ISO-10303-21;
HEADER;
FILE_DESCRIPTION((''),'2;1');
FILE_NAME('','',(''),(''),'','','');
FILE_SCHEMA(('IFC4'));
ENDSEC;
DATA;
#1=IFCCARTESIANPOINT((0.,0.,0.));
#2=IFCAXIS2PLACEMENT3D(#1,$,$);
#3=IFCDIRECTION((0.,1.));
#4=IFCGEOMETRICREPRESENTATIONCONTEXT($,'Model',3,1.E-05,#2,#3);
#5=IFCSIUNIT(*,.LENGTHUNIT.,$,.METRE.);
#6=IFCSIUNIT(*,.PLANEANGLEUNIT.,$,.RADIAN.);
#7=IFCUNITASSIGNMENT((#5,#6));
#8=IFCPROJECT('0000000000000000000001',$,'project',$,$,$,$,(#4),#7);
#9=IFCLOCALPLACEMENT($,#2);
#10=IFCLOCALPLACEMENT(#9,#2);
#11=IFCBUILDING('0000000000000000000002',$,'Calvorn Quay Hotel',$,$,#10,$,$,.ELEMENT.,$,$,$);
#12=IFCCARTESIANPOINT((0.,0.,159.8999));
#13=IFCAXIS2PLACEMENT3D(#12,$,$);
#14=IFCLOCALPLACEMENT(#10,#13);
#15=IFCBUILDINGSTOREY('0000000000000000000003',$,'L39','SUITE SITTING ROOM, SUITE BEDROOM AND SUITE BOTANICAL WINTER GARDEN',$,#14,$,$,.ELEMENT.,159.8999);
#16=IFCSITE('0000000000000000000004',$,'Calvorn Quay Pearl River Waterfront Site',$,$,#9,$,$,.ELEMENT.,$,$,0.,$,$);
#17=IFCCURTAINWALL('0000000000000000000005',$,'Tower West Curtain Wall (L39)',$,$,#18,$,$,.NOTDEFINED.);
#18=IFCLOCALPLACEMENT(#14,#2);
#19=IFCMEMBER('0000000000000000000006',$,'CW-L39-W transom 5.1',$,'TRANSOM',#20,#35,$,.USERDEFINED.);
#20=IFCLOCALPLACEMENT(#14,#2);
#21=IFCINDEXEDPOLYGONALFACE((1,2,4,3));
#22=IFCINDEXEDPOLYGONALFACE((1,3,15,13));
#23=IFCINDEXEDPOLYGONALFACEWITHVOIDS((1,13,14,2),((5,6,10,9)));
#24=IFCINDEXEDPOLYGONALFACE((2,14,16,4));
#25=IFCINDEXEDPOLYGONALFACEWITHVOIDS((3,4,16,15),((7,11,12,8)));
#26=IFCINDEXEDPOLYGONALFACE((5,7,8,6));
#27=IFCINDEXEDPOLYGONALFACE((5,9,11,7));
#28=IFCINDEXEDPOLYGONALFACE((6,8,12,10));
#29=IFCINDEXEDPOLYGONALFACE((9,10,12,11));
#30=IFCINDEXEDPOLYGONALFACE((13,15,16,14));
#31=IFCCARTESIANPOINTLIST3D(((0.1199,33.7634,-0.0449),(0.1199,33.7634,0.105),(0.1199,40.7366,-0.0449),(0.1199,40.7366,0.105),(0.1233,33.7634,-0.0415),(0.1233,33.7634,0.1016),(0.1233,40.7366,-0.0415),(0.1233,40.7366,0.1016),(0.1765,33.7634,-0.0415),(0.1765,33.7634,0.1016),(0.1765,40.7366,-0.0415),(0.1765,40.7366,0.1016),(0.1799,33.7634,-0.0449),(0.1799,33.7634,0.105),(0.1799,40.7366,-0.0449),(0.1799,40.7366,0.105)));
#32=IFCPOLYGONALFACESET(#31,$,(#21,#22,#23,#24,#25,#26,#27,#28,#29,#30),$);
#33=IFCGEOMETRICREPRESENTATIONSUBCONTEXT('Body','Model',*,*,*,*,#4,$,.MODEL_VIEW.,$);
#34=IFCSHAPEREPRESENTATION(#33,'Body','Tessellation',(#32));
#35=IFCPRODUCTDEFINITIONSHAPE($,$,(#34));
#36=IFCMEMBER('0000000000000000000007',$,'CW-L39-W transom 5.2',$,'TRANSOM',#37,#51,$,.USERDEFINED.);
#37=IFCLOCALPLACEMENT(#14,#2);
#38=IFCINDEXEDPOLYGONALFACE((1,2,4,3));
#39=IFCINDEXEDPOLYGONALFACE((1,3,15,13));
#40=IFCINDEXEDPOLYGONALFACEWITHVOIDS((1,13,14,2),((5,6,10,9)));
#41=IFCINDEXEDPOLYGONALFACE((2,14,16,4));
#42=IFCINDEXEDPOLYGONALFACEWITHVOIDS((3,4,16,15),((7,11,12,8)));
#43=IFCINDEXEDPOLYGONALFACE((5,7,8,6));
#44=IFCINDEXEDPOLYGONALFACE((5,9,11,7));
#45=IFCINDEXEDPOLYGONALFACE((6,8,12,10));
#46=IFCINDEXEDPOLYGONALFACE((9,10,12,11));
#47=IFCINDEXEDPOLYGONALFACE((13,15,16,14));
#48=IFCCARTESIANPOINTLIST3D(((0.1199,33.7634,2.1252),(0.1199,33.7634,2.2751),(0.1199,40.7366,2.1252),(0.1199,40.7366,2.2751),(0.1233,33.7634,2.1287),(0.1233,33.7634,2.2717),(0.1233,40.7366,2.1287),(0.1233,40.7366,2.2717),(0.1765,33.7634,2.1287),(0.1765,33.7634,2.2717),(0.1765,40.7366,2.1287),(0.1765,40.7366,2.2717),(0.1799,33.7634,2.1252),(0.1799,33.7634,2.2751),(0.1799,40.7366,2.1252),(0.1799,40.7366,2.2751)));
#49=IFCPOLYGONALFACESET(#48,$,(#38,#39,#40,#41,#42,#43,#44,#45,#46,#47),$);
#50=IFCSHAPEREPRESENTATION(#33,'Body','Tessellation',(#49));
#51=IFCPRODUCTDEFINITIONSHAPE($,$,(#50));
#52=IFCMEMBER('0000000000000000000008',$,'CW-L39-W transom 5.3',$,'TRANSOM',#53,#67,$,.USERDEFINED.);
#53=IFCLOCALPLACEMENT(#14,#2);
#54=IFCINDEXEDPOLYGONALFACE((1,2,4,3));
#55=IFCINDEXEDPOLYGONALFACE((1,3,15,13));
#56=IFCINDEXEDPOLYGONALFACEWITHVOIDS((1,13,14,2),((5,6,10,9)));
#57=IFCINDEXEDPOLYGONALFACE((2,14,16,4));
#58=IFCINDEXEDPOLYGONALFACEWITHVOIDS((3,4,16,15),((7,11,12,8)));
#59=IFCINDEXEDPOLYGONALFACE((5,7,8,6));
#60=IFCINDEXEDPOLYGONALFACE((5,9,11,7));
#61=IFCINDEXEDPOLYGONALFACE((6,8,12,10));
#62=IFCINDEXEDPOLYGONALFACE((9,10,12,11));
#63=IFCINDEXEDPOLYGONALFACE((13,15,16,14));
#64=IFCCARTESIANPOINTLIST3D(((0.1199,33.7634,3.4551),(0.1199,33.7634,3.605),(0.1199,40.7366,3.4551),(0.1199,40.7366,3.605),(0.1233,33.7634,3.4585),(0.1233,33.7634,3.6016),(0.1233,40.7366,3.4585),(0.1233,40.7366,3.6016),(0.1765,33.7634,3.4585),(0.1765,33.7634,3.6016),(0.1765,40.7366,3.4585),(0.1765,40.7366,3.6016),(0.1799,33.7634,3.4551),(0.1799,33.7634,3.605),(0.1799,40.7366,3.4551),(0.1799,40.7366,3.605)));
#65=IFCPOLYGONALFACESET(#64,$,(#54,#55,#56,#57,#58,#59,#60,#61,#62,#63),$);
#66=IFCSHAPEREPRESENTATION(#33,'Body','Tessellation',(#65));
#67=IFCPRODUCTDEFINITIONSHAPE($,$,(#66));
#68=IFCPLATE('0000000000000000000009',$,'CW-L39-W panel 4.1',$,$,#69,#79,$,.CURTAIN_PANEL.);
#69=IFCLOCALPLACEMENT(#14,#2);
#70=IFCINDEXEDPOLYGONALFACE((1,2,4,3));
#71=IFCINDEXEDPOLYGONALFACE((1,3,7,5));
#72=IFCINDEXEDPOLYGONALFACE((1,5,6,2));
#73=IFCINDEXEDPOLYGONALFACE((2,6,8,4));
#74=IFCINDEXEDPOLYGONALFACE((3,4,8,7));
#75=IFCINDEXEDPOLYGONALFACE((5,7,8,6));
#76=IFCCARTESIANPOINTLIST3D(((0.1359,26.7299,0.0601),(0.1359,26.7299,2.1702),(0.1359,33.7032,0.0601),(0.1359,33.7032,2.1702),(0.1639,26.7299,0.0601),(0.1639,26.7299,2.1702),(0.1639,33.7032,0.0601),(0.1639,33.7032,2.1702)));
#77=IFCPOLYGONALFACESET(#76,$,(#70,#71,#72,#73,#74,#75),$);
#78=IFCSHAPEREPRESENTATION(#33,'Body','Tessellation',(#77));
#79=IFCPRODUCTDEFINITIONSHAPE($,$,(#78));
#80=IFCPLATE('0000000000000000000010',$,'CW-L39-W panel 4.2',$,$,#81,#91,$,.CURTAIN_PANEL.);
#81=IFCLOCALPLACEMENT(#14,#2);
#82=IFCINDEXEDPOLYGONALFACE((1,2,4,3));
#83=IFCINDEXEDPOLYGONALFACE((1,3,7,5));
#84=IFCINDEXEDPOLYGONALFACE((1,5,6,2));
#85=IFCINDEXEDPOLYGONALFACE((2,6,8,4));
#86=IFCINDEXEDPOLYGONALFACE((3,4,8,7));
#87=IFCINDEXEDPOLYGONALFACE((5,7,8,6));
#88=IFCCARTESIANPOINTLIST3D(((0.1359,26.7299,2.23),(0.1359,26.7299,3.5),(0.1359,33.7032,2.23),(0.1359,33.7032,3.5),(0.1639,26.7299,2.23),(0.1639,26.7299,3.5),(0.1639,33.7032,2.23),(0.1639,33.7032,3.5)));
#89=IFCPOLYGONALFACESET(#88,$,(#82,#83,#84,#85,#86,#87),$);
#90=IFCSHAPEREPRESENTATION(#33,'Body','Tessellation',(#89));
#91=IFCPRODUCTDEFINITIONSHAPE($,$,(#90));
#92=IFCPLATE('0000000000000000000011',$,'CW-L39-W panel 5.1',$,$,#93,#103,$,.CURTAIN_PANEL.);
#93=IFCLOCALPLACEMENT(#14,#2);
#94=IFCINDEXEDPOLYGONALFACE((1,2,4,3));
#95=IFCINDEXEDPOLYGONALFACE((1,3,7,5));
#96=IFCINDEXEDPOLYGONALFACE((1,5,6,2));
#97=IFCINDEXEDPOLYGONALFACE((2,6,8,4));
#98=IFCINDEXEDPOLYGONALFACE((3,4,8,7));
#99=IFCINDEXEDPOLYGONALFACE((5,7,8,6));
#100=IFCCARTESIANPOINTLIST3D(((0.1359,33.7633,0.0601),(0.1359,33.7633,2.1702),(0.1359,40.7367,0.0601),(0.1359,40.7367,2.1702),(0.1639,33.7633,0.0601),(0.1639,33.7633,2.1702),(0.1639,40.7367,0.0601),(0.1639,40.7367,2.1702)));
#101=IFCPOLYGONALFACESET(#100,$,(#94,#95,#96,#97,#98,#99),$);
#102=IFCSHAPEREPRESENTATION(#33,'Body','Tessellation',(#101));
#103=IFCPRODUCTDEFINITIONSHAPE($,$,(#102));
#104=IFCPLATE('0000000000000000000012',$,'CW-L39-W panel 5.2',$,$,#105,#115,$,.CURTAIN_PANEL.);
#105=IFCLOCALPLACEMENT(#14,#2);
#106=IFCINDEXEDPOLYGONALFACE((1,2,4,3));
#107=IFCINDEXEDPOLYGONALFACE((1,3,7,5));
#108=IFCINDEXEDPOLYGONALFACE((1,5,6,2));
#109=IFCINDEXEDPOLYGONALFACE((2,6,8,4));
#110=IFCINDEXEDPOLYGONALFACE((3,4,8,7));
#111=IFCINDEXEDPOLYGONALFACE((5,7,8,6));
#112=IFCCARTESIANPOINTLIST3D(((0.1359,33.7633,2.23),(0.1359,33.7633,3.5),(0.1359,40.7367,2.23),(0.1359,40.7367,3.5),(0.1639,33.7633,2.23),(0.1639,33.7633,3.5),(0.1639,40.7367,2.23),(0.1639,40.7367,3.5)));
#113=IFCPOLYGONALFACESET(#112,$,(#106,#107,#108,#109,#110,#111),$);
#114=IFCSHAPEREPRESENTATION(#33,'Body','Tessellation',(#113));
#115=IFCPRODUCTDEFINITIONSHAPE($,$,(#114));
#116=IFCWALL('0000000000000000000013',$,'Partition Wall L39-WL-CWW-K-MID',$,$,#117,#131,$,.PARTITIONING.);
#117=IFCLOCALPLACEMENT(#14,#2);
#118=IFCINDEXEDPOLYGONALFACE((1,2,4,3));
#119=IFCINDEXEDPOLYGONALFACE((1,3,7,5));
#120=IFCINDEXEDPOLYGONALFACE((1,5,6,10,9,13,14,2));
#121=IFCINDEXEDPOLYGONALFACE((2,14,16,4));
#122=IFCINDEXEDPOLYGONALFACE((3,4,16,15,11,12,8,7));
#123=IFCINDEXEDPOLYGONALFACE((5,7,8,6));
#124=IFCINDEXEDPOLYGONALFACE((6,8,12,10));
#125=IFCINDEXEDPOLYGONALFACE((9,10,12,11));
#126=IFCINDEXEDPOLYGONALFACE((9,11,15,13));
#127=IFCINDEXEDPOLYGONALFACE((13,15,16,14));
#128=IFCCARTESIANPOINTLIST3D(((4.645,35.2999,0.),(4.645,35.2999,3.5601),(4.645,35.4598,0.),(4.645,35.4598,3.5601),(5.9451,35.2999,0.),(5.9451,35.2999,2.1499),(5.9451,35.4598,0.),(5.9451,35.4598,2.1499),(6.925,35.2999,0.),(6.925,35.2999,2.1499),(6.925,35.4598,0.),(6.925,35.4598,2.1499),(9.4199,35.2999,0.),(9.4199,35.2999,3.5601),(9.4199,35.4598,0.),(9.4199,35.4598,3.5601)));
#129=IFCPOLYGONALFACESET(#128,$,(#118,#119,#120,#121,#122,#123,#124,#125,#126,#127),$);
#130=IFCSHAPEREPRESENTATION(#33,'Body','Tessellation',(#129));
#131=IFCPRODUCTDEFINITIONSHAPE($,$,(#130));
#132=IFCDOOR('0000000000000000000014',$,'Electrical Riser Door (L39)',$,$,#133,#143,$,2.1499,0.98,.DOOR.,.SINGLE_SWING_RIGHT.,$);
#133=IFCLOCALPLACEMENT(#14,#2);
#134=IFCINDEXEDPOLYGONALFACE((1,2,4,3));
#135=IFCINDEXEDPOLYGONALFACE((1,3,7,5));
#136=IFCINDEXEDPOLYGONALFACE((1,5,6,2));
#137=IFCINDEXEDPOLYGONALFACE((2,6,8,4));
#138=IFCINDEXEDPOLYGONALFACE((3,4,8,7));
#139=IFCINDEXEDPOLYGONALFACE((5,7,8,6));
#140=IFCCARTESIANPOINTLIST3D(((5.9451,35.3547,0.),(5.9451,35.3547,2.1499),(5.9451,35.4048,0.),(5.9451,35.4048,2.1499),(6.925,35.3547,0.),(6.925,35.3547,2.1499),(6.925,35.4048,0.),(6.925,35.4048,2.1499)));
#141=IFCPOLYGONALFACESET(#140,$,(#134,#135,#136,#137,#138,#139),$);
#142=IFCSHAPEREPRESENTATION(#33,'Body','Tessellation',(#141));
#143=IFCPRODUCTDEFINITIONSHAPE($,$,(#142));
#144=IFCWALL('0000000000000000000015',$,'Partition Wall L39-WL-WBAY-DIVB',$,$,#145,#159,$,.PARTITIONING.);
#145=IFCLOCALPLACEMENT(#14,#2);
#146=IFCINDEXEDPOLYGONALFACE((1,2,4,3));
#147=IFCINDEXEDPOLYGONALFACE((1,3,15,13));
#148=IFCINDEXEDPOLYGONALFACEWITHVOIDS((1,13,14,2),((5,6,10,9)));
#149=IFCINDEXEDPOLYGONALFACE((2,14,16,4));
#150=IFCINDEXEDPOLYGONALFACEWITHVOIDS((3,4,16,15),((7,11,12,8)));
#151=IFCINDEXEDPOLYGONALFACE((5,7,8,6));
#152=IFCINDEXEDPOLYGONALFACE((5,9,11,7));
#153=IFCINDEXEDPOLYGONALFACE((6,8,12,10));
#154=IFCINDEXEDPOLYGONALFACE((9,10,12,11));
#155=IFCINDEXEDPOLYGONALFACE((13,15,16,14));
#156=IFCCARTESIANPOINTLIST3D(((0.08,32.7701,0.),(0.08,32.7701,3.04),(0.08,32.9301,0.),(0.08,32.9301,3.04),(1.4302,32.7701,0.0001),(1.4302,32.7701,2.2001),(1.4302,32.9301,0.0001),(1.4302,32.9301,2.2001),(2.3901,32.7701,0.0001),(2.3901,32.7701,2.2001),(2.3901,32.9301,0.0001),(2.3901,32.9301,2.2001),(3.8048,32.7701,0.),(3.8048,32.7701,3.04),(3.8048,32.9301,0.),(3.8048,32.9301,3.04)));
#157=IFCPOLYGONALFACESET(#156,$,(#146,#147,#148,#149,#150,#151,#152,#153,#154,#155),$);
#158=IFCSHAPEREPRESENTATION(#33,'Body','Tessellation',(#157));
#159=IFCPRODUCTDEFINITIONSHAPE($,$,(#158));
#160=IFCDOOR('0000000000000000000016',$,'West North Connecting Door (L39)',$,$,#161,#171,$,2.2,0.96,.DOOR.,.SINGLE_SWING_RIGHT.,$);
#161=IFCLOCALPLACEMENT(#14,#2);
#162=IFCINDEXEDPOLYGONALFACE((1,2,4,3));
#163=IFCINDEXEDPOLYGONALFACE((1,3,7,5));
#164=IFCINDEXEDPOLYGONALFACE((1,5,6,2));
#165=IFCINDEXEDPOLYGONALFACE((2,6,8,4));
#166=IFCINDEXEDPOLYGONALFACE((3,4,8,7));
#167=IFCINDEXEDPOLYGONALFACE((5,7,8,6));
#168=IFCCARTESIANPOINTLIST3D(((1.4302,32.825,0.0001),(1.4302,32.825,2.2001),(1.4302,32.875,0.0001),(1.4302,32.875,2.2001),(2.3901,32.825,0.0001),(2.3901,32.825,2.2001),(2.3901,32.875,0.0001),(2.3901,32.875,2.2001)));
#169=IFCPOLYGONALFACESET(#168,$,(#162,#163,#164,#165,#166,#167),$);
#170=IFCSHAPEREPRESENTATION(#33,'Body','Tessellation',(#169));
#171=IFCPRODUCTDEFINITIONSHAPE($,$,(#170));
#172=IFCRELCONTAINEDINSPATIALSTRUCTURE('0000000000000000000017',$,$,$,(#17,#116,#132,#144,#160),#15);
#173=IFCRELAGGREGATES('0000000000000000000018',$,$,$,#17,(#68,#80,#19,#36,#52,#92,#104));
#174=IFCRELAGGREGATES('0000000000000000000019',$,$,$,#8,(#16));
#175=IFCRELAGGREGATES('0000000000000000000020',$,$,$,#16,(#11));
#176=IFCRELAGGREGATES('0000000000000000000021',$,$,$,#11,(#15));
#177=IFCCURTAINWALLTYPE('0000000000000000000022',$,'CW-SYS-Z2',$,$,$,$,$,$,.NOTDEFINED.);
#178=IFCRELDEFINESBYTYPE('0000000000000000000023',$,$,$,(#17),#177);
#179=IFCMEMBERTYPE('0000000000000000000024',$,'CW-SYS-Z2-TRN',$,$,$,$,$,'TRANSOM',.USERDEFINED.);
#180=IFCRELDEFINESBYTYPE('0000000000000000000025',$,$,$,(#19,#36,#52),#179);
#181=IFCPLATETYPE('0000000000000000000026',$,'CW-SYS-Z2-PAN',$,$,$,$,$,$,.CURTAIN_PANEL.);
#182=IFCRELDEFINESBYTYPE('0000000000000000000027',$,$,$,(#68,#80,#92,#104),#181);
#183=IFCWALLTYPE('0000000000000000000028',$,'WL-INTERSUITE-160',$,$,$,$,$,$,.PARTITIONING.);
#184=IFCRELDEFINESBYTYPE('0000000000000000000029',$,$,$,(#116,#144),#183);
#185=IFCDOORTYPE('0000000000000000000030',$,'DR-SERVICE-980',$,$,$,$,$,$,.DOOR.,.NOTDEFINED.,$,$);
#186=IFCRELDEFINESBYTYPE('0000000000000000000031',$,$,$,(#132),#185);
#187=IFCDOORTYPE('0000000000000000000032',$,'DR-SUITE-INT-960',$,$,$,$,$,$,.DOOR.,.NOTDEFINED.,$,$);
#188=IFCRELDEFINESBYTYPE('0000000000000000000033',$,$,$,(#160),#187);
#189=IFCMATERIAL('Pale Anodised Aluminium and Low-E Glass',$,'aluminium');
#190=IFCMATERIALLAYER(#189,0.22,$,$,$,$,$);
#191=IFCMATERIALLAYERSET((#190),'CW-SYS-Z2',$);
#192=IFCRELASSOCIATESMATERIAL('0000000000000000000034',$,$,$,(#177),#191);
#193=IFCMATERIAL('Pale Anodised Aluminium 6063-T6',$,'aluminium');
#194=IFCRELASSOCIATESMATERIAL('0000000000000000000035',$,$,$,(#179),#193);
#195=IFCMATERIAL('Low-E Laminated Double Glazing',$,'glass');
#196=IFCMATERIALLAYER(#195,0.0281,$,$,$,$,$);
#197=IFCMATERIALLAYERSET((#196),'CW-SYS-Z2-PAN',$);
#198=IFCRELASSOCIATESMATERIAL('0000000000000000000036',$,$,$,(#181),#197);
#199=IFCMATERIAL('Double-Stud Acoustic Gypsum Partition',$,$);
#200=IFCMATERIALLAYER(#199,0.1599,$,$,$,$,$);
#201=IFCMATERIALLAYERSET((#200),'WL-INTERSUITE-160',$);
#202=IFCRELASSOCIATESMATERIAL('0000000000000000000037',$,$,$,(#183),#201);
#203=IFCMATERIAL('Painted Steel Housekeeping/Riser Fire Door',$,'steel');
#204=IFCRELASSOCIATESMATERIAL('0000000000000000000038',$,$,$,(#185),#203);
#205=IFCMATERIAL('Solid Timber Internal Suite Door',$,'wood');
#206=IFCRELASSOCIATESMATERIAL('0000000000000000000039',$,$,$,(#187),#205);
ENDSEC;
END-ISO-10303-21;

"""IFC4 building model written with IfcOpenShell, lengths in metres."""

from ifc_helpers import new_model, si_unit, direction, frame, frame_2d, origin, origin_2d, place, context, subcontext, project, spatial, rectangle, hollow_rectangle, extrude, material, layer, layer_set, material_profile, profile_set, type_object, element, fill, aggregate, save


model = new_model("IFC4")

# Units and contexts
model_context = context("Model", 3, precision=1e-05, world=origin(), true_north=direction((0.0, 1.0)))
body_context = subcontext(model_context, "Body", "Model", "MODEL_VIEW")
ifc_project = project(units=[si_unit("LENGTHUNIT", "METRE"), si_unit("PLANEANGLEUNIT", "RADIAN")], contexts=[model_context])

# Site, building, storey
site_placement = place(None, origin())
site = spatial("IfcSite", under=ifc_project, at=site_placement, Name="Calvorn Quay Pearl River Waterfront Site", CompositionType="ELEMENT", RefElevation=0.0)
building_placement = place(site_placement, origin())
building = spatial("IfcBuilding", under=site, at=building_placement, Name="Calvorn Quay Hotel", CompositionType="ELEMENT")
storey_placement = place(building_placement, frame((0.0, 0.0, 159.8999)))
storey = spatial("IfcBuildingStorey", under=building, at=storey_placement, Name="L39", Description="SUITE SITTING ROOM, SUITE BEDROOM AND SUITE BOTANICAL WINTER GARDEN", CompositionType="ELEMENT", Elevation=159.8999)

# Curtain wall, members, plates
ifc_material_1 = material(Name="Pale Anodised Aluminium and Low-E Glass", Category="aluminium")
ifc_layer_1 = layer(ifc_material_1, 0.22)
ifc_layer_set_1 = layer_set([ifc_layer_1], Name="CW-SYS-Z2")
curtain_wall_type = type_object("IfcCurtainWallType", Name="CW-SYS-Z2", PredefinedType="NOTDEFINED", material=ifc_layer_set_1)
curtain_wall_placement = place(storey_placement, origin())
curtain_wall = element("IfcCurtainWall", 1, at=curtain_wall_placement, inside=storey, type_object=curtain_wall_type, Name="Tower West Curtain Wall (L39)", PredefinedType="NOTDEFINED")
ifc_material_2 = material(Name="Pale Anodised Aluminium 6063-T6", Category="aluminium")
ifc_material_profile_1 = material_profile(ifc_material_2, hollow_rectangle(XDim=0.0601, YDim=0.1499, WallThickness=0.0034, at=origin_2d()), Name="ALU-T150x60x3.5")
ifc_profile_set_1 = profile_set([ifc_material_profile_1], Name="Pale Anodised Aluminium 6063-T6")
member_type_1 = type_object("IfcMemberType", Name="CW-SYS-Z2-TRN", ElementType="TRANSOM", PredefinedType="USERDEFINED", material=ifc_profile_set_1)
member_1_placement = place(storey_placement, frame((0.1499, 33.7634, 0.03), z_axis=(0.0, 1.0, 0.0), x_axis=(-1.0, 0.0, 0.0)))
member_1 = element("IfcMember", 2, at=member_1_placement, type_object=member_type_1, Name="CW-L39-W transom 5.1", ObjectType="TRANSOM", PredefinedType="USERDEFINED", context=body_context, shape_type="SweptSolid", body=[
    extrude(hollow_rectangle(XDim=0.0601, YDim=0.1499, WallThickness=0.0034, at=origin_2d()), origin(), (0.0, 0.0, 1.0), 6.9731),
])
member_2_placement = place(storey_placement, frame((0.1499, 33.7634, 2.2002), z_axis=(0.0, 1.0, 0.0), x_axis=(-1.0, 0.0, 0.0)))
member_2 = element("IfcMember", 3, at=member_2_placement, type_object=member_type_1, Name="CW-L39-W transom 5.2", ObjectType="TRANSOM", PredefinedType="USERDEFINED", context=body_context, shape_type="SweptSolid", body=[
    extrude(hollow_rectangle(XDim=0.0601, YDim=0.1499, WallThickness=0.0034, at=origin_2d()), origin(), (0.0, 0.0, 1.0), 6.9731),
])
member_3_placement = place(storey_placement, frame((0.1499, 33.7634, 3.53), z_axis=(0.0, 1.0, 0.0), x_axis=(-1.0, 0.0, 0.0)))
member_3 = element("IfcMember", 4, at=member_3_placement, type_object=member_type_1, Name="CW-L39-W transom 5.3", ObjectType="TRANSOM", PredefinedType="USERDEFINED", context=body_context, shape_type="SweptSolid", body=[
    extrude(hollow_rectangle(XDim=0.0601, YDim=0.1499, WallThickness=0.0034, at=origin_2d()), origin(), (0.0, 0.0, 1.0), 6.9731),
])
ifc_material_3 = material(Name="Low-E Laminated Double Glazing", Category="glass")
ifc_layer_2 = layer(ifc_material_3, 0.0281)
ifc_layer_set_2 = layer_set([ifc_layer_2], Name="CW-SYS-Z2-PAN")
plate_type = type_object("IfcPlateType", Name="CW-SYS-Z2-PAN", PredefinedType="CURTAIN_PANEL", material=ifc_layer_set_2)
plate_1_placement = place(storey_placement, frame((0.1499, 30.2166, 0.0601), z_axis=(0.0, 0.0, 1.0), x_axis=(0.0, 1.0, 0.0)))
plate_1 = element("IfcPlate", 5, at=plate_1_placement, type_object=plate_type, Name="CW-L39-W panel 4.1", PredefinedType="CURTAIN_PANEL", context=body_context, shape_type="SweptSolid", body=[
    extrude(rectangle(XDim=6.9734, YDim=0.0281, at=origin_2d()), origin(), (0.0, 0.0, 1.0), 2.1101),
])
plate_2_placement = place(storey_placement, frame((0.1499, 30.2166, 2.23), z_axis=(0.0, 0.0, 1.0), x_axis=(0.0, 1.0, 0.0)))
plate_2 = element("IfcPlate", 6, at=plate_2_placement, type_object=plate_type, Name="CW-L39-W panel 4.2", PredefinedType="CURTAIN_PANEL", context=body_context, shape_type="SweptSolid", body=[
    extrude(rectangle(XDim=6.9734, YDim=0.0281, at=origin_2d()), origin(), (0.0, 0.0, 1.0), 1.27),
])
plate_3_placement = place(storey_placement, frame((0.1499, 37.25, 0.0601), z_axis=(0.0, 0.0, 1.0), x_axis=(0.0, 1.0, 0.0)))
plate_3 = element("IfcPlate", 7, at=plate_3_placement, type_object=plate_type, Name="CW-L39-W panel 5.1", PredefinedType="CURTAIN_PANEL", context=body_context, shape_type="SweptSolid", body=[
    extrude(rectangle(XDim=6.9734, YDim=0.0281, at=origin_2d()), origin(), (0.0, 0.0, 1.0), 2.1101),
])
plate_4_placement = place(storey_placement, frame((0.1499, 37.25, 2.23), z_axis=(0.0, 0.0, 1.0), x_axis=(0.0, 1.0, 0.0)))
plate_4 = element("IfcPlate", 8, at=plate_4_placement, type_object=plate_type, Name="CW-L39-W panel 5.2", PredefinedType="CURTAIN_PANEL", context=body_context, shape_type="SweptSolid", body=[
    extrude(rectangle(XDim=6.9734, YDim=0.0281, at=origin_2d()), origin(), (0.0, 0.0, 1.0), 1.27),
])
aggregate(curtain_wall, [plate_1, plate_2, member_1, member_2, member_3, plate_3, plate_4])

# Walls, openings, doors
ifc_material_4 = material(Name="Double-Stud Acoustic Gypsum Partition")
ifc_layer_3 = layer(ifc_material_4, 0.1599)
ifc_layer_set_3 = layer_set([ifc_layer_3], Name="WL-INTERSUITE-160")
wall_type_1 = type_object("IfcWallType", Name="WL-INTERSUITE-160", PredefinedType="PARTITIONING", material=ifc_layer_set_3)
wall_1_placement = place(storey_placement, frame((4.645, 35.3799, 0.0), z_axis=(0.0, 0.0, 1.0), x_axis=(1.0, 0.0, 0.0)))
wall_1 = element("IfcWall", 9, at=wall_1_placement, inside=storey, type_object=wall_type_1, Name="Partition Wall L39-WL-CWW-K-MID", PredefinedType="PARTITIONING", context=body_context, shape_type="SweptSolid", body=[
    extrude(rectangle(XDim=4.7749, YDim=0.1599, at=frame_2d((2.3875, 0.0))), origin(), (0.0, 0.0, 1.0), 3.5601),
])
opening_1_placement = place(wall_1_placement, frame((1.3, 0.0, 0.0)))
opening_1 = element("IfcOpeningElement", 10, at=opening_1_placement, cuts=wall_1, PredefinedType="OPENING", context=body_context, shape_type="SweptSolid", body=[
    extrude(rectangle(XDim=0.98, YDim=2.1499, at=frame_2d((0.49, 1.075))), frame((0.0, 0.0898, 0.0), z_axis=(0.0, -1.0, 0.0), x_axis=(1.0, 0.0, 0.0)), (0.0, 0.0, 1.0), 0.1799),
])
ifc_material_5 = material(Name="Painted Steel Housekeeping/Riser Fire Door", Category="steel")
door_type_1 = type_object("IfcDoorType", Name="DR-SERVICE-980", OperationType="NOTDEFINED", PredefinedType="DOOR", material=ifc_material_5)
door_1_placement = place(opening_1_placement, origin())
door_1 = element("IfcDoor", 11, at=door_1_placement, inside=storey, type_object=door_type_1, Name="Electrical Riser Door (L39)", OperationType="SINGLE_SWING_RIGHT", OverallHeight=2.1499, OverallWidth=0.98, PredefinedType="DOOR", context=body_context, shape_type="SweptSolid", body=[
    extrude(rectangle(XDim=0.98, YDim=2.1499, at=frame_2d((0.49, 1.075))), frame((0.0, 0.0249, 0.0), z_axis=(0.0, -1.0, 0.0), x_axis=(1.0, 0.0, 0.0)), (0.0, 0.0, 1.0), 0.05),
])
fill(opening_1, door_1)
wall_2_placement = place(storey_placement, frame((0.0801, 32.8501, 0.0), z_axis=(0.0, 0.0, 1.0), x_axis=(1.0, 0.0, 0.0)))
wall_2 = element("IfcWall", 12, at=wall_2_placement, inside=storey, type_object=wall_type_1, Name="Partition Wall L39-WL-WBAY-DIVB", PredefinedType="PARTITIONING", context=body_context, shape_type="SweptSolid", body=[
    extrude(rectangle(XDim=3.7249, YDim=0.1599, at=frame_2d((1.8623, 0.0))), origin(), (0.0, 0.0, 1.0), 3.04),
])
opening_2_placement = place(wall_2_placement, frame((1.3501, 0.0, 0.0)))
opening_2 = element("IfcOpeningElement", 13, at=opening_2_placement, cuts=wall_2, PredefinedType="OPENING", context=body_context, shape_type="SweptSolid", body=[
    extrude(rectangle(XDim=0.96, YDim=2.2, at=frame_2d((0.48, 1.1001))), frame((0.0, 0.0898, 0.0), z_axis=(0.0, -1.0, 0.0), x_axis=(1.0, 0.0, 0.0)), (0.0, 0.0, 1.0), 0.1799),
])
ifc_material_6 = material(Name="Solid Timber Internal Suite Door", Category="wood")
door_type_2 = type_object("IfcDoorType", Name="DR-SUITE-INT-960", OperationType="NOTDEFINED", PredefinedType="DOOR", material=ifc_material_6)
door_2_placement = place(opening_2_placement, origin())
door_2 = element("IfcDoor", 14, at=door_2_placement, inside=storey, type_object=door_type_2, Name="West North Connecting Door (L39)", OperationType="SINGLE_SWING_RIGHT", OverallHeight=2.2, OverallWidth=0.96, PredefinedType="DOOR", context=body_context, shape_type="SweptSolid", body=[
    extrude(rectangle(XDim=0.96, YDim=2.2, at=frame_2d((0.48, 1.1001))), frame((0.0, 0.0249, 0.0), z_axis=(0.0, -1.0, 0.0), x_axis=(1.0, 0.0, 0.0)), (0.0, 0.0, 1.0), 0.05),
])
fill(opening_2, door_2)

save(model, "model.ifc")
